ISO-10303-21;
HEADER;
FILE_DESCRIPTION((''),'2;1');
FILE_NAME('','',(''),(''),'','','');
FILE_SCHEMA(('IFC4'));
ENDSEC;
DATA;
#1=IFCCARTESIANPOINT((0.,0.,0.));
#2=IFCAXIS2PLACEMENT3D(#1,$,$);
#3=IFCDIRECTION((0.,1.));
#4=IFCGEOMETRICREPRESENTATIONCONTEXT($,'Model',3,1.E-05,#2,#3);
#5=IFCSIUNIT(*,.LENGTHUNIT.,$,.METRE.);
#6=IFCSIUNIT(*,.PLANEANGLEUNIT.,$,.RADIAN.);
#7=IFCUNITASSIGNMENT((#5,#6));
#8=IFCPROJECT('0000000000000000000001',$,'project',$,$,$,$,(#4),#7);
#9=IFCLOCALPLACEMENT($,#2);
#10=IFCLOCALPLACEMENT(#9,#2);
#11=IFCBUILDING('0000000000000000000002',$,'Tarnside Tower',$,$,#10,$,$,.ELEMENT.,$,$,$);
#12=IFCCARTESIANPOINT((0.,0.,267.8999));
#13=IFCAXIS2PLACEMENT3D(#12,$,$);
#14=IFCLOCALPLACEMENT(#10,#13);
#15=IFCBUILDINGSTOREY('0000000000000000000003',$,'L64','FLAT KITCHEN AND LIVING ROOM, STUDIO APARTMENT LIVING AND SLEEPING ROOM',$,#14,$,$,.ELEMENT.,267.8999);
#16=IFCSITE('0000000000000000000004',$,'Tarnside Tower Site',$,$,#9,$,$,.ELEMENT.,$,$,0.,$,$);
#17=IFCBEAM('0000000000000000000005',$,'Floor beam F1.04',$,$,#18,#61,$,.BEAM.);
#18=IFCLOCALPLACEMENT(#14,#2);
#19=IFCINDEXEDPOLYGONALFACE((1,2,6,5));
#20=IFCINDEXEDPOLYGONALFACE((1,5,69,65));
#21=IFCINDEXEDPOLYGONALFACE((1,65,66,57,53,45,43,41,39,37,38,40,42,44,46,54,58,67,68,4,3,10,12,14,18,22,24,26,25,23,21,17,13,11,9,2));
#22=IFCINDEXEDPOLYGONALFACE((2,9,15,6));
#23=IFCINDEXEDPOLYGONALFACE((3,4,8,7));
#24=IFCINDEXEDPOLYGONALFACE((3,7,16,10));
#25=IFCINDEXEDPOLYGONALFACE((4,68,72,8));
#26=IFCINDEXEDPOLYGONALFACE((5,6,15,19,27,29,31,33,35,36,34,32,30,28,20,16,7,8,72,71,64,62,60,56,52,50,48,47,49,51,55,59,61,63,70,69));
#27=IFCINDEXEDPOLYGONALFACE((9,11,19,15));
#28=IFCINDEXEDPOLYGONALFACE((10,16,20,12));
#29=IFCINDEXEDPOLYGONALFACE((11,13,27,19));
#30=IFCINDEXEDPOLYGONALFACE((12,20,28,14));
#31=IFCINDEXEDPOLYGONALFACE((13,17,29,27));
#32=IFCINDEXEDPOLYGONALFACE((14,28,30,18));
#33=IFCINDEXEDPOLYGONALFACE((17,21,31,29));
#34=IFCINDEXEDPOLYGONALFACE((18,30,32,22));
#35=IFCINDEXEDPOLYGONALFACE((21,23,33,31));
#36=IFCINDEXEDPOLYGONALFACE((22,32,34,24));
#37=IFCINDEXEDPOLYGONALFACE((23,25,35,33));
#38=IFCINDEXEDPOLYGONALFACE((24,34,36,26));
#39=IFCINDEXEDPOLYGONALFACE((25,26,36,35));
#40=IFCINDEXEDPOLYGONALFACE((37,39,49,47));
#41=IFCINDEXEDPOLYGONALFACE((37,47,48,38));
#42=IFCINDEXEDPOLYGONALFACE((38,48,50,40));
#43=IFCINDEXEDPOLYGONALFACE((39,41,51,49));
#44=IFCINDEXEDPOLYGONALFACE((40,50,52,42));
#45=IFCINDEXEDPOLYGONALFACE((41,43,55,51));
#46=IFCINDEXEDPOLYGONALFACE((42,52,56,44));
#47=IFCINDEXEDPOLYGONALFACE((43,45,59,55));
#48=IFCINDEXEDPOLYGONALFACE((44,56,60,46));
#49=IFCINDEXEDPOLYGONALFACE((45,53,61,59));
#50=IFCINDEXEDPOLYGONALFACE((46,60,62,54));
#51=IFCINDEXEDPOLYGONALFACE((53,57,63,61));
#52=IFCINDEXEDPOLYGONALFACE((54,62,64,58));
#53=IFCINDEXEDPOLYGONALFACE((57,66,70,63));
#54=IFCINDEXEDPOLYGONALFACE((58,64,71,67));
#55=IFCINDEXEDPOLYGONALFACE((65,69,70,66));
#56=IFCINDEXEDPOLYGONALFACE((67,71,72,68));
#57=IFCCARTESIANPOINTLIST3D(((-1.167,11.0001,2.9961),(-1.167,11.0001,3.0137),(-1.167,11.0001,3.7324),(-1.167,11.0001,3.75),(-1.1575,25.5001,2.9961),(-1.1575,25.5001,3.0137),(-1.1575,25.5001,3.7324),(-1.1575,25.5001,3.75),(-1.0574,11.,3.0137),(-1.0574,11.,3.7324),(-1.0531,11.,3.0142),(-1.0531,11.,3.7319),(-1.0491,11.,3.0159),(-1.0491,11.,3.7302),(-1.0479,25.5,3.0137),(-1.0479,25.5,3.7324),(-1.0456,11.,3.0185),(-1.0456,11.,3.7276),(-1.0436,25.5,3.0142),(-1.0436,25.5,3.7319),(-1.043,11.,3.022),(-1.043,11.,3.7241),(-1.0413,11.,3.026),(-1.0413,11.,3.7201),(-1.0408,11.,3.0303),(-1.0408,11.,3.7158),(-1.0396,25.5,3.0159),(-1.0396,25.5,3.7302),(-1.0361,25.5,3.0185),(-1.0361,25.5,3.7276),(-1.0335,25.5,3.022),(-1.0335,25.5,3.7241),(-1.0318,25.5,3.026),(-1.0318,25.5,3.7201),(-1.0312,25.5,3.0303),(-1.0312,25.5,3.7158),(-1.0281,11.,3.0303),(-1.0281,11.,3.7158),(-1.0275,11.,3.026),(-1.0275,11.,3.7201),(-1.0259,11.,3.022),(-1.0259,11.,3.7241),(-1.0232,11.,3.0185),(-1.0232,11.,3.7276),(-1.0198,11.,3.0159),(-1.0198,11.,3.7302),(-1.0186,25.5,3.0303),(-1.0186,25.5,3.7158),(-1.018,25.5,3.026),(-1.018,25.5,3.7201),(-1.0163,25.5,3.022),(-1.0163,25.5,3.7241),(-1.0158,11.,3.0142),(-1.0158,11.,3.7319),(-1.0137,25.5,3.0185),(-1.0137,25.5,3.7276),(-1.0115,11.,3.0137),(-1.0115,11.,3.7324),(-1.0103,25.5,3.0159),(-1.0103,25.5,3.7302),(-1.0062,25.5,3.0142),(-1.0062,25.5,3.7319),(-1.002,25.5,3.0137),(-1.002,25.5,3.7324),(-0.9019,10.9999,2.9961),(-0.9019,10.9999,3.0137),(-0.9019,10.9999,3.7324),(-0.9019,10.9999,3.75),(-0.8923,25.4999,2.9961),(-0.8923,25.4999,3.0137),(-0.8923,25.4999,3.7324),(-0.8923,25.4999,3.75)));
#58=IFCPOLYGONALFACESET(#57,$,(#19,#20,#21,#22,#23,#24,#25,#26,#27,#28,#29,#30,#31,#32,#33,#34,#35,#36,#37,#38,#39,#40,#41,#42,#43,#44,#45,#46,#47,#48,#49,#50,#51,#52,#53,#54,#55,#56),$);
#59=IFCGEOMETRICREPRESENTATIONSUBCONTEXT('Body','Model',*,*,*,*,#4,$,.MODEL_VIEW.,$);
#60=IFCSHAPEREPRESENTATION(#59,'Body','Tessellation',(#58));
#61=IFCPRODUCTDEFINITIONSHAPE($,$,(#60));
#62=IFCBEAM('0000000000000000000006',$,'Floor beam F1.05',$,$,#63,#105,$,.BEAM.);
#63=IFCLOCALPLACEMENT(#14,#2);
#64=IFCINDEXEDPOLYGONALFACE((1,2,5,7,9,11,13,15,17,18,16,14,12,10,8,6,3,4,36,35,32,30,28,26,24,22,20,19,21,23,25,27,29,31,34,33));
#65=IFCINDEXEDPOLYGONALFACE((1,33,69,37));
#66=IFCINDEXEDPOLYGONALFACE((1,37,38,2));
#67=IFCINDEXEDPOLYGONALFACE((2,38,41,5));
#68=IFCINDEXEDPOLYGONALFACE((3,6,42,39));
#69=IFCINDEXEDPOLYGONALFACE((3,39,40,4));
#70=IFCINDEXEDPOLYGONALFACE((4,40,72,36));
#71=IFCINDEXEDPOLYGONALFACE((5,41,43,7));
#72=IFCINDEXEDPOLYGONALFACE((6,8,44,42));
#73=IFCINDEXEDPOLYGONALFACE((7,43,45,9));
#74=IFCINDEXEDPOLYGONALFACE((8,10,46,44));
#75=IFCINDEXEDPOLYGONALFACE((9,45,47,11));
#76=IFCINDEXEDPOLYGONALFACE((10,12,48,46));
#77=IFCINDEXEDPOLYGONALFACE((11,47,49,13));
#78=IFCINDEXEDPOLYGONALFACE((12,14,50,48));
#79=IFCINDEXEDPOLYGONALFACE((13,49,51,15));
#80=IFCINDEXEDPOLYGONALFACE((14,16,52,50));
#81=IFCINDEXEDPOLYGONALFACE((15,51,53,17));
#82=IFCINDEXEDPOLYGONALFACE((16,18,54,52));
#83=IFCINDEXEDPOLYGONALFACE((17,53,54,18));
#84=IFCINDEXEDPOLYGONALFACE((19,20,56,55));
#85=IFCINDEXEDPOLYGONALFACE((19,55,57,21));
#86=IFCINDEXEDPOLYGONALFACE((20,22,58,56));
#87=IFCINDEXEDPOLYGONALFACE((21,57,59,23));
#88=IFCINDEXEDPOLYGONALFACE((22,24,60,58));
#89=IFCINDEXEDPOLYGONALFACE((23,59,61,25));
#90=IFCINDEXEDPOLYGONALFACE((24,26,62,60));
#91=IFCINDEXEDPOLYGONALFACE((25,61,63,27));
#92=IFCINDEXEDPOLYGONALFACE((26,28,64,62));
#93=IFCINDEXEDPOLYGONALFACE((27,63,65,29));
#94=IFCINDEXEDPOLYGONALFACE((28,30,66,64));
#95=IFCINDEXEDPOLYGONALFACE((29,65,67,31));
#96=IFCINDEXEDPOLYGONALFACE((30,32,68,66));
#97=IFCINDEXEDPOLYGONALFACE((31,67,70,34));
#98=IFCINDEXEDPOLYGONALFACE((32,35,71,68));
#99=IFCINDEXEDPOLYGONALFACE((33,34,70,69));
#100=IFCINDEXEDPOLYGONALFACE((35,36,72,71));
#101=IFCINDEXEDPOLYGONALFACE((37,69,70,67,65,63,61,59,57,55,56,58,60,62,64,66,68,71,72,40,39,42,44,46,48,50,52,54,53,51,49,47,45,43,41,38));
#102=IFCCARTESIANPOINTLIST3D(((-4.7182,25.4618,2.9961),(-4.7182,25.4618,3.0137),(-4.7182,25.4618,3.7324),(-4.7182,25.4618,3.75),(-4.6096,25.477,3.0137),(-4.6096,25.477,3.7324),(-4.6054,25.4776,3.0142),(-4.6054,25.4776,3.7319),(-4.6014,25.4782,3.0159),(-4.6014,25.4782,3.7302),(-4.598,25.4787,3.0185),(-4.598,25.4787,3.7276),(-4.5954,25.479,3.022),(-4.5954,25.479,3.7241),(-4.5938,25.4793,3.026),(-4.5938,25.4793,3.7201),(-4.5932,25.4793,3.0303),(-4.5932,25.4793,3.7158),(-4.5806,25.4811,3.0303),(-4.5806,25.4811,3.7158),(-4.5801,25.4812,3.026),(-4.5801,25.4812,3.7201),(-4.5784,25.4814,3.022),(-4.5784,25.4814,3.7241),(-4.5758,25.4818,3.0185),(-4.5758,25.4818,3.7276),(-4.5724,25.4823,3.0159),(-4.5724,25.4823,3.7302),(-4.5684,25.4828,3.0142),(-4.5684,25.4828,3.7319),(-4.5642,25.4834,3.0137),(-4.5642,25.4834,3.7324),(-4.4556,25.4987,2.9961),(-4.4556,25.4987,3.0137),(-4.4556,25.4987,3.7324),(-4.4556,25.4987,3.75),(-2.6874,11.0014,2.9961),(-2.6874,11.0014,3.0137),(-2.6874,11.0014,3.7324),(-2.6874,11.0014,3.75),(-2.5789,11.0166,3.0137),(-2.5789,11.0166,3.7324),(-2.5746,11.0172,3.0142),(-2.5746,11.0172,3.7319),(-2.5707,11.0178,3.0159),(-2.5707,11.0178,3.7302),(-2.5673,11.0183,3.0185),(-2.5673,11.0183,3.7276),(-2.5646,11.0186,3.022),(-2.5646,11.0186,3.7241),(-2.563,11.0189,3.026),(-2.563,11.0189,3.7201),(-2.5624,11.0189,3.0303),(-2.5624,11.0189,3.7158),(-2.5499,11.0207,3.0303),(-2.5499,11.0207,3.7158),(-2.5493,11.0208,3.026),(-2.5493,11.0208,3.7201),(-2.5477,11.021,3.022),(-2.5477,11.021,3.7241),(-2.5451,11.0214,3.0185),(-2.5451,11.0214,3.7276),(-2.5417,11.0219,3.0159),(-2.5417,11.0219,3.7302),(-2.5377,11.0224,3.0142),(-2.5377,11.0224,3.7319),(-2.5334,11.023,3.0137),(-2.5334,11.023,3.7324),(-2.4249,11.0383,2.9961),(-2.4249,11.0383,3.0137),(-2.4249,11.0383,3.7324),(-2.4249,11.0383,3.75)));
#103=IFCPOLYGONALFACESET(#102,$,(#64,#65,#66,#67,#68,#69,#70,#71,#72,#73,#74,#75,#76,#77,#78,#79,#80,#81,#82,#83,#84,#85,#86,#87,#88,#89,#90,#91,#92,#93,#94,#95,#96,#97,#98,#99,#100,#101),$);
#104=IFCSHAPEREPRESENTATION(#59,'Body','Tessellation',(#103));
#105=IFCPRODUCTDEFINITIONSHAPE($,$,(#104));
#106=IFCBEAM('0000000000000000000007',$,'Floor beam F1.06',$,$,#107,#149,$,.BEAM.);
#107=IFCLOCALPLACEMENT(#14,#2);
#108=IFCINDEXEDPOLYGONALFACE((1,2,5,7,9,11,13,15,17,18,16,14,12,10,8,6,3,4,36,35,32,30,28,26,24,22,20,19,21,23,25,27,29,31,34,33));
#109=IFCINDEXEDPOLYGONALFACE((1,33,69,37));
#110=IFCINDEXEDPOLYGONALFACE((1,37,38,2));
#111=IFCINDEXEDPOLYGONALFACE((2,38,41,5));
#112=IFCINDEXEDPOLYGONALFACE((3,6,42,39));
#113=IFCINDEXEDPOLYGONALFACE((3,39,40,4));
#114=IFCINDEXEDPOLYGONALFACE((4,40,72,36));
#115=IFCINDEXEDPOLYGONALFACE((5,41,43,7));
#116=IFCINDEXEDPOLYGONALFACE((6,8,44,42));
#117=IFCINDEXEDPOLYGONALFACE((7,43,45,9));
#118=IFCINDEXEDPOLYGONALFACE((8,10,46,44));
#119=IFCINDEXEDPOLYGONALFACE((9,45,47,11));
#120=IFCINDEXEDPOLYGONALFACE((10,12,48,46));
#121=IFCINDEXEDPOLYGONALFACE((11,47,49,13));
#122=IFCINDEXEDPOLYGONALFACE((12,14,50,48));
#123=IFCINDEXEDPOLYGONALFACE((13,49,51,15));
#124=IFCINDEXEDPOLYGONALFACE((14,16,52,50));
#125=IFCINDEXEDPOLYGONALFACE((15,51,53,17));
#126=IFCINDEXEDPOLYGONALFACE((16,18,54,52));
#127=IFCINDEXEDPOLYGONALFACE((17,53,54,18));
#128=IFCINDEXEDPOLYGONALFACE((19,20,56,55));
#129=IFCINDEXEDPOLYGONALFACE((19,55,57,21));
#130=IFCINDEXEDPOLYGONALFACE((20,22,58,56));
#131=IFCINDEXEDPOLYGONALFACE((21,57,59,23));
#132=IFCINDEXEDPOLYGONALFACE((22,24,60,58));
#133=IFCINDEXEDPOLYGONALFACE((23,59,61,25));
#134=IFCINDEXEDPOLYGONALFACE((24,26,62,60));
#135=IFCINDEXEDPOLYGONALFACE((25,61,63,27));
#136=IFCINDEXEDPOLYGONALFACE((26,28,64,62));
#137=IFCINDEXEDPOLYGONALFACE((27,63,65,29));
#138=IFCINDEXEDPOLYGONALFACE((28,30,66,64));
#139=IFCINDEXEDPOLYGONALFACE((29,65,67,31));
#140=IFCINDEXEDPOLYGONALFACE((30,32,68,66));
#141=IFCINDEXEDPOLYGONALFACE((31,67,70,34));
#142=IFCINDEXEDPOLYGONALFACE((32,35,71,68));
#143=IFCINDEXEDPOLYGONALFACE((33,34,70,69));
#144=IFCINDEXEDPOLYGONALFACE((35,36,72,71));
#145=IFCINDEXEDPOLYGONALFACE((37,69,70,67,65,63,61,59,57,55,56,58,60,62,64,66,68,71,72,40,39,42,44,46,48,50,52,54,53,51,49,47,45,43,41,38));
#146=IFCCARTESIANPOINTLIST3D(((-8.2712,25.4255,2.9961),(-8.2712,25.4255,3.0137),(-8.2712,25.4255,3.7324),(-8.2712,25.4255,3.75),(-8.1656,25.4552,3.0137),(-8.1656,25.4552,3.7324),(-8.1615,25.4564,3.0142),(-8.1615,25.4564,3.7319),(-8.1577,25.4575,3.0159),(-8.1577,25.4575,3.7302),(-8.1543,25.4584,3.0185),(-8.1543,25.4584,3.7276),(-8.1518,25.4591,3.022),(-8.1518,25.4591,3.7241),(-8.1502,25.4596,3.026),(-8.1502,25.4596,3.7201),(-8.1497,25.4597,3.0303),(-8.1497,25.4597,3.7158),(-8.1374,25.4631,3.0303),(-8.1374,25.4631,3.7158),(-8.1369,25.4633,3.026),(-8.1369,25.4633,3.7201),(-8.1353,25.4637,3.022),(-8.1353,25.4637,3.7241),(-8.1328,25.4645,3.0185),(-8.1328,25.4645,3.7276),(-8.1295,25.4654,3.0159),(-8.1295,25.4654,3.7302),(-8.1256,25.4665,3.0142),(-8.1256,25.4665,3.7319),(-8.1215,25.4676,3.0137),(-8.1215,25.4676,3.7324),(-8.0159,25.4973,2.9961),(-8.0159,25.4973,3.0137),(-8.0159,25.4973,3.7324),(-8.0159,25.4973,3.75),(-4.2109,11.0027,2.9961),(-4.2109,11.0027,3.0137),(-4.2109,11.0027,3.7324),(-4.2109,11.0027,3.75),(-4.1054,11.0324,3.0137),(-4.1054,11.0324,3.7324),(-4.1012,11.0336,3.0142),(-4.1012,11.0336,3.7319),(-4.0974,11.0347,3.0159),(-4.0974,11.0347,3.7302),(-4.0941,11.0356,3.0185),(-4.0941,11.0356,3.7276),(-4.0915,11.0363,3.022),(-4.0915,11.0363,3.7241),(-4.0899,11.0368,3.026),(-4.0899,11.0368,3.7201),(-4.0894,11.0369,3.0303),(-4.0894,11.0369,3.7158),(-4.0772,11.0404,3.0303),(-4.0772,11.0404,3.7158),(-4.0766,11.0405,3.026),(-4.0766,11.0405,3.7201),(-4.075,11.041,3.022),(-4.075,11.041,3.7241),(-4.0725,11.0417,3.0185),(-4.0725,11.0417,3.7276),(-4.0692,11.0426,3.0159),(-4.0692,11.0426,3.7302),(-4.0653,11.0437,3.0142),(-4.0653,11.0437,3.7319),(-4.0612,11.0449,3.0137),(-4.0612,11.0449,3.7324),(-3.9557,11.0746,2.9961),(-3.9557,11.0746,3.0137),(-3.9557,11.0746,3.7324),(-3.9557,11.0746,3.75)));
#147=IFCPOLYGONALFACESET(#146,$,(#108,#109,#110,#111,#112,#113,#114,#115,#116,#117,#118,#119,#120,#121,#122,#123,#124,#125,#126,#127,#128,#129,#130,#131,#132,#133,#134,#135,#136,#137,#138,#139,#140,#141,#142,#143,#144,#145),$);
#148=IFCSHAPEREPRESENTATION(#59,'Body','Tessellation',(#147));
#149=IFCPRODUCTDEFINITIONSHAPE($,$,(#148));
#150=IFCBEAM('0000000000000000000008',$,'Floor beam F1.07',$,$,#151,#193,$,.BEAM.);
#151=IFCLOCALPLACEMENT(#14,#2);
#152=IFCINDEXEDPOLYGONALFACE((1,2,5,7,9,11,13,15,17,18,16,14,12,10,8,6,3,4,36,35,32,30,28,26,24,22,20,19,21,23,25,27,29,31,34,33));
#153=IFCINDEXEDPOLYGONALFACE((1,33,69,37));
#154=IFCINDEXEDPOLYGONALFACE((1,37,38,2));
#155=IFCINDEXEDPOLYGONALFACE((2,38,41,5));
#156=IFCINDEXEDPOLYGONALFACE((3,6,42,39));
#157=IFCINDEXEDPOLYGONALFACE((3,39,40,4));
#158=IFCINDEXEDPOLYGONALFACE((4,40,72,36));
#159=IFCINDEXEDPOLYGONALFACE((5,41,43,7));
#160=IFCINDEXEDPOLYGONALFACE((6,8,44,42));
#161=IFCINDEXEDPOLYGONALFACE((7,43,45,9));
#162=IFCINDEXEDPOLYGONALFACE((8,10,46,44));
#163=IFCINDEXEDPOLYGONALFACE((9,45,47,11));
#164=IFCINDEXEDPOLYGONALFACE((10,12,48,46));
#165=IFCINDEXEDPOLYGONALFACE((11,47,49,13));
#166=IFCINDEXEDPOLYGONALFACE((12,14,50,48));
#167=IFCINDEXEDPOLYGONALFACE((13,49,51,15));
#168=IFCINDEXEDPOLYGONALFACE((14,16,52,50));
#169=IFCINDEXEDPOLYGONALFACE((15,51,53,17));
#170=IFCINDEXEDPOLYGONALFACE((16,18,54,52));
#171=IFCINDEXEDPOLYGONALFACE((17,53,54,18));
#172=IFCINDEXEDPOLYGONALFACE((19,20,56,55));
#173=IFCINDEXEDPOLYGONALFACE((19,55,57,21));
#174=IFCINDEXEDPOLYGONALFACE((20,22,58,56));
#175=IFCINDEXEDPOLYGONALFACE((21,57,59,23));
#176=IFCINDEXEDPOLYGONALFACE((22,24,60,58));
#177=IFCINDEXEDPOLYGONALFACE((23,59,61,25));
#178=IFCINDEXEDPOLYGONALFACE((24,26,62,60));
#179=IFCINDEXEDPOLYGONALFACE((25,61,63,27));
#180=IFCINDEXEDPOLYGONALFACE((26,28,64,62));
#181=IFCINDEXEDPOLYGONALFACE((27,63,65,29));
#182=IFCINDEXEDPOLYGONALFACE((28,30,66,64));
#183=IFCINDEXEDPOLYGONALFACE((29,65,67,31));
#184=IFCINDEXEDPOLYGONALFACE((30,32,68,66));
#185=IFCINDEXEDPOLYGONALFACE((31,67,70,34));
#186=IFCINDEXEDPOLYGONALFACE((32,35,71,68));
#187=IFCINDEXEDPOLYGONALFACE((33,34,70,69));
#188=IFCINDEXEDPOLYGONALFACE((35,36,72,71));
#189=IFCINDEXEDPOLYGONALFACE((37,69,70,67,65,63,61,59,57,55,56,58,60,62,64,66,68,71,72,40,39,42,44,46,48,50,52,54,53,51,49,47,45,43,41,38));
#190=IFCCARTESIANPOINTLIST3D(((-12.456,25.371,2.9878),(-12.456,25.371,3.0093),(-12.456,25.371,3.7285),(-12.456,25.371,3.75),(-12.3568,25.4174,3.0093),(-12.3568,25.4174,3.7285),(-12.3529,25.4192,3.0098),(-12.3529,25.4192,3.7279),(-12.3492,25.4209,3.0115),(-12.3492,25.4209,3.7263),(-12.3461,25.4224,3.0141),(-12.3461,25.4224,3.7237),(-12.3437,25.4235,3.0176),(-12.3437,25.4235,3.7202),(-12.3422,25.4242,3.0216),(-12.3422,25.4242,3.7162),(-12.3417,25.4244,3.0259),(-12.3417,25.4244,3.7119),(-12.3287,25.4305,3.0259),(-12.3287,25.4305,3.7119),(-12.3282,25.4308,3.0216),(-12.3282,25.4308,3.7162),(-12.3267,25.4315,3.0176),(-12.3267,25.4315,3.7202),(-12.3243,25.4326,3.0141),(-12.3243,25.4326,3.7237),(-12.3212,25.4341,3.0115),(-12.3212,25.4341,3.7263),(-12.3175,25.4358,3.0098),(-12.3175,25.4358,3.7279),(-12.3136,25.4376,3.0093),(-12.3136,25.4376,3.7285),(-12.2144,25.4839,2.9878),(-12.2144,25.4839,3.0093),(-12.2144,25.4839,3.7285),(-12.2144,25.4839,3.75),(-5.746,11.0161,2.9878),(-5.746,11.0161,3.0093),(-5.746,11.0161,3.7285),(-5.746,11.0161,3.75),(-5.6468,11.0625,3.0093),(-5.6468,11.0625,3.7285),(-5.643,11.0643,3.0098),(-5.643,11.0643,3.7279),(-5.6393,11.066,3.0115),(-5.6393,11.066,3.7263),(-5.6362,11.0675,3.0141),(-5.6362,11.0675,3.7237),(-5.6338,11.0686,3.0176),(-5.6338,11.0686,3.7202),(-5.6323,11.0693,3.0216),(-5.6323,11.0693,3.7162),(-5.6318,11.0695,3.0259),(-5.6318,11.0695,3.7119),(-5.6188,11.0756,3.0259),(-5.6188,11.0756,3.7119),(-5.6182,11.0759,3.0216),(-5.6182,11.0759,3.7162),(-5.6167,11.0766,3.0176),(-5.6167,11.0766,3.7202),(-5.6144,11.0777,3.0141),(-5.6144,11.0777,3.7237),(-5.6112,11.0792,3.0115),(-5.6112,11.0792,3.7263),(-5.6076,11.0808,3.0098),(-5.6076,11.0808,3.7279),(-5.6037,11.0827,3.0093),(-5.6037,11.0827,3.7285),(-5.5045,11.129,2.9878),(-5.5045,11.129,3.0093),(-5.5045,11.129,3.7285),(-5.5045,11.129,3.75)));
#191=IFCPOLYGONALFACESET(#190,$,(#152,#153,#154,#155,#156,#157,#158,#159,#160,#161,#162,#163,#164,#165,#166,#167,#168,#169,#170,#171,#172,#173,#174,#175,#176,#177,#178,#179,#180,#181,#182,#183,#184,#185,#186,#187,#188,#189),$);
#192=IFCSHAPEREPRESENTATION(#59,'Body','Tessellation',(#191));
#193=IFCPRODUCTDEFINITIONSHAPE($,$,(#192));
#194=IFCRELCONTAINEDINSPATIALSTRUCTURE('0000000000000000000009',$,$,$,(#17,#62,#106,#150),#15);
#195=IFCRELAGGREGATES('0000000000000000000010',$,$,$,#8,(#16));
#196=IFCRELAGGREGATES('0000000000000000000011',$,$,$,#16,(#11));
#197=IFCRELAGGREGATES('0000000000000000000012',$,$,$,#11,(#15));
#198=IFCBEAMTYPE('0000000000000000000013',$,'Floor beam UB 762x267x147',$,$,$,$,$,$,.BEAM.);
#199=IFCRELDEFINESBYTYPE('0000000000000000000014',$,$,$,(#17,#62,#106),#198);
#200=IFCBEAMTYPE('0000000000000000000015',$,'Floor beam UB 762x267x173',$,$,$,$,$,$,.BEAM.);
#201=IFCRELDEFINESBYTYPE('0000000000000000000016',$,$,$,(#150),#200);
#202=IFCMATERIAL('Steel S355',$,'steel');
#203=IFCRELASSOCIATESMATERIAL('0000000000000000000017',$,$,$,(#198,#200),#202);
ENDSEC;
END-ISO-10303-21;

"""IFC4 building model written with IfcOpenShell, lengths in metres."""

from ifc_helpers import new_model, si_unit, direction, frame, origin, origin_2d, place, context, subcontext, project, spatial, i_section, extrude, material, material_profile, profile_set, type_object, element, save


model = new_model("IFC4")

# Units and contexts
model_context = context("Model", 3, precision=1e-05, world=origin(), true_north=direction((0.0, 1.0)))
body_context = subcontext(model_context, "Body", "Model", "MODEL_VIEW")
ifc_project = project(units=[si_unit("LENGTHUNIT", "METRE"), si_unit("PLANEANGLEUNIT", "RADIAN")], contexts=[model_context])

# Site, building, storey
site_placement = place(None, origin())
site = spatial("IfcSite", under=ifc_project, at=site_placement, Name="Tarnside Tower Site", CompositionType="ELEMENT", RefElevation=0.0)
building_placement = place(site_placement, origin())
building = spatial("IfcBuilding", under=site, at=building_placement, Name="Tarnside Tower", CompositionType="ELEMENT")
storey_placement = place(building_placement, frame((0.0, 0.0, 267.8999)))
storey = spatial("IfcBuildingStorey", under=building, at=storey_placement, Name="L64", Description="FLAT KITCHEN AND LIVING ROOM, STUDIO APARTMENT LIVING AND SLEEPING ROOM", CompositionType="ELEMENT", Elevation=267.8999)

# Beams
ifc_material_1 = material(Name="Steel S355", Category="steel")
ifc_material_profile_1 = material_profile(ifc_material_1, i_section(OverallWidth=0.2651, OverallDepth=0.7539, WebThickness=0.0127, FlangeThickness=0.0176, FilletRadius=0.0166, at=origin_2d()), Name="UB 762x267x147")
ifc_profile_set_1 = profile_set([ifc_material_profile_1], Name="Steel S355")
beam_type_1 = type_object("IfcBeamType", Name="Floor beam UB 762x267x147", PredefinedType="BEAM", material=ifc_profile_set_1)
beam_1_placement = place(storey_placement, frame((-1.0249, 25.5, 3.373), z_axis=(-0.000657, -1.0, 0.0), x_axis=(1.0, -0.000657, 0.0)))
element("IfcBeam", 1, at=beam_1_placement, inside=storey, type_object=beam_type_1, Name="Floor beam F1.04", PredefinedType="BEAM", context=body_context, shape_type="SweptSolid", body=[
    extrude(i_section(OverallWidth=0.2651, OverallDepth=0.7539, WebThickness=0.0127, FlangeThickness=0.0176, FilletRadius=0.0166, at=origin_2d()), origin(), (0.0, 0.0, 1.0), 14.5),
])
beam_2_placement = place(storey_placement, frame((-4.5869, 25.4802, 3.373), z_axis=(0.139071, -0.990282, 0.0), x_axis=(0.990282, 0.139071, 0.0)))
element("IfcBeam", 2, at=beam_2_placement, inside=storey, type_object=beam_type_1, Name="Floor beam F1.05", PredefinedType="BEAM", context=body_context, shape_type="SweptSolid", body=[
    extrude(i_section(OverallWidth=0.2651, OverallDepth=0.7539, WebThickness=0.0127, FlangeThickness=0.0176, FilletRadius=0.0166, at=origin_2d()), origin(), (0.0, 0.0, 1.0), 14.6023),
])
beam_3_placement = place(storey_placement, frame((-8.1436, 25.4614, 3.373), z_axis=(0.270985, -0.962583, 0.0), x_axis=(0.962583, 0.270985, 0.0)))
element("IfcBeam", 3, at=beam_3_placement, inside=storey, type_object=beam_type_1, Name="Floor beam F1.06", PredefinedType="BEAM", context=body_context, shape_type="SweptSolid", body=[
    extrude(i_section(OverallWidth=0.2651, OverallDepth=0.7539, WebThickness=0.0127, FlangeThickness=0.0176, FilletRadius=0.0166, at=origin_2d()), origin(), (0.0, 0.0, 1.0), 14.9834),
])
ifc_material_profile_2 = material_profile(ifc_material_1, i_section(OverallWidth=0.2666, OverallDepth=0.7622, WebThickness=0.0144, FlangeThickness=0.0215, FilletRadius=0.0166, at=origin_2d()), Name="UB 762x267x173")
ifc_profile_set_2 = profile_set([ifc_material_profile_2], Name="Steel S355")
beam_type_2 = type_object("IfcBeamType", Name="Floor beam UB 762x267x173", PredefinedType="BEAM", material=ifc_profile_set_2)
beam_4_placement = place(storey_placement, frame((-12.3352, 25.4275, 3.3689), z_axis=(0.423454, -0.905918, 0.0), x_axis=(0.905918, 0.423454, 0.0)))
element("IfcBeam", 4, at=beam_4_placement, inside=storey, type_object=beam_type_2, Name="Floor beam F1.07", PredefinedType="BEAM", context=body_context, shape_type="SweptSolid", body=[
    extrude(i_section(OverallWidth=0.2666, OverallDepth=0.7622, WebThickness=0.0144, FlangeThickness=0.0215, FilletRadius=0.0166, at=origin_2d()), origin(), (0.0, 0.0, 1.0), 15.8457),
])

save(model, "model.ifc")
